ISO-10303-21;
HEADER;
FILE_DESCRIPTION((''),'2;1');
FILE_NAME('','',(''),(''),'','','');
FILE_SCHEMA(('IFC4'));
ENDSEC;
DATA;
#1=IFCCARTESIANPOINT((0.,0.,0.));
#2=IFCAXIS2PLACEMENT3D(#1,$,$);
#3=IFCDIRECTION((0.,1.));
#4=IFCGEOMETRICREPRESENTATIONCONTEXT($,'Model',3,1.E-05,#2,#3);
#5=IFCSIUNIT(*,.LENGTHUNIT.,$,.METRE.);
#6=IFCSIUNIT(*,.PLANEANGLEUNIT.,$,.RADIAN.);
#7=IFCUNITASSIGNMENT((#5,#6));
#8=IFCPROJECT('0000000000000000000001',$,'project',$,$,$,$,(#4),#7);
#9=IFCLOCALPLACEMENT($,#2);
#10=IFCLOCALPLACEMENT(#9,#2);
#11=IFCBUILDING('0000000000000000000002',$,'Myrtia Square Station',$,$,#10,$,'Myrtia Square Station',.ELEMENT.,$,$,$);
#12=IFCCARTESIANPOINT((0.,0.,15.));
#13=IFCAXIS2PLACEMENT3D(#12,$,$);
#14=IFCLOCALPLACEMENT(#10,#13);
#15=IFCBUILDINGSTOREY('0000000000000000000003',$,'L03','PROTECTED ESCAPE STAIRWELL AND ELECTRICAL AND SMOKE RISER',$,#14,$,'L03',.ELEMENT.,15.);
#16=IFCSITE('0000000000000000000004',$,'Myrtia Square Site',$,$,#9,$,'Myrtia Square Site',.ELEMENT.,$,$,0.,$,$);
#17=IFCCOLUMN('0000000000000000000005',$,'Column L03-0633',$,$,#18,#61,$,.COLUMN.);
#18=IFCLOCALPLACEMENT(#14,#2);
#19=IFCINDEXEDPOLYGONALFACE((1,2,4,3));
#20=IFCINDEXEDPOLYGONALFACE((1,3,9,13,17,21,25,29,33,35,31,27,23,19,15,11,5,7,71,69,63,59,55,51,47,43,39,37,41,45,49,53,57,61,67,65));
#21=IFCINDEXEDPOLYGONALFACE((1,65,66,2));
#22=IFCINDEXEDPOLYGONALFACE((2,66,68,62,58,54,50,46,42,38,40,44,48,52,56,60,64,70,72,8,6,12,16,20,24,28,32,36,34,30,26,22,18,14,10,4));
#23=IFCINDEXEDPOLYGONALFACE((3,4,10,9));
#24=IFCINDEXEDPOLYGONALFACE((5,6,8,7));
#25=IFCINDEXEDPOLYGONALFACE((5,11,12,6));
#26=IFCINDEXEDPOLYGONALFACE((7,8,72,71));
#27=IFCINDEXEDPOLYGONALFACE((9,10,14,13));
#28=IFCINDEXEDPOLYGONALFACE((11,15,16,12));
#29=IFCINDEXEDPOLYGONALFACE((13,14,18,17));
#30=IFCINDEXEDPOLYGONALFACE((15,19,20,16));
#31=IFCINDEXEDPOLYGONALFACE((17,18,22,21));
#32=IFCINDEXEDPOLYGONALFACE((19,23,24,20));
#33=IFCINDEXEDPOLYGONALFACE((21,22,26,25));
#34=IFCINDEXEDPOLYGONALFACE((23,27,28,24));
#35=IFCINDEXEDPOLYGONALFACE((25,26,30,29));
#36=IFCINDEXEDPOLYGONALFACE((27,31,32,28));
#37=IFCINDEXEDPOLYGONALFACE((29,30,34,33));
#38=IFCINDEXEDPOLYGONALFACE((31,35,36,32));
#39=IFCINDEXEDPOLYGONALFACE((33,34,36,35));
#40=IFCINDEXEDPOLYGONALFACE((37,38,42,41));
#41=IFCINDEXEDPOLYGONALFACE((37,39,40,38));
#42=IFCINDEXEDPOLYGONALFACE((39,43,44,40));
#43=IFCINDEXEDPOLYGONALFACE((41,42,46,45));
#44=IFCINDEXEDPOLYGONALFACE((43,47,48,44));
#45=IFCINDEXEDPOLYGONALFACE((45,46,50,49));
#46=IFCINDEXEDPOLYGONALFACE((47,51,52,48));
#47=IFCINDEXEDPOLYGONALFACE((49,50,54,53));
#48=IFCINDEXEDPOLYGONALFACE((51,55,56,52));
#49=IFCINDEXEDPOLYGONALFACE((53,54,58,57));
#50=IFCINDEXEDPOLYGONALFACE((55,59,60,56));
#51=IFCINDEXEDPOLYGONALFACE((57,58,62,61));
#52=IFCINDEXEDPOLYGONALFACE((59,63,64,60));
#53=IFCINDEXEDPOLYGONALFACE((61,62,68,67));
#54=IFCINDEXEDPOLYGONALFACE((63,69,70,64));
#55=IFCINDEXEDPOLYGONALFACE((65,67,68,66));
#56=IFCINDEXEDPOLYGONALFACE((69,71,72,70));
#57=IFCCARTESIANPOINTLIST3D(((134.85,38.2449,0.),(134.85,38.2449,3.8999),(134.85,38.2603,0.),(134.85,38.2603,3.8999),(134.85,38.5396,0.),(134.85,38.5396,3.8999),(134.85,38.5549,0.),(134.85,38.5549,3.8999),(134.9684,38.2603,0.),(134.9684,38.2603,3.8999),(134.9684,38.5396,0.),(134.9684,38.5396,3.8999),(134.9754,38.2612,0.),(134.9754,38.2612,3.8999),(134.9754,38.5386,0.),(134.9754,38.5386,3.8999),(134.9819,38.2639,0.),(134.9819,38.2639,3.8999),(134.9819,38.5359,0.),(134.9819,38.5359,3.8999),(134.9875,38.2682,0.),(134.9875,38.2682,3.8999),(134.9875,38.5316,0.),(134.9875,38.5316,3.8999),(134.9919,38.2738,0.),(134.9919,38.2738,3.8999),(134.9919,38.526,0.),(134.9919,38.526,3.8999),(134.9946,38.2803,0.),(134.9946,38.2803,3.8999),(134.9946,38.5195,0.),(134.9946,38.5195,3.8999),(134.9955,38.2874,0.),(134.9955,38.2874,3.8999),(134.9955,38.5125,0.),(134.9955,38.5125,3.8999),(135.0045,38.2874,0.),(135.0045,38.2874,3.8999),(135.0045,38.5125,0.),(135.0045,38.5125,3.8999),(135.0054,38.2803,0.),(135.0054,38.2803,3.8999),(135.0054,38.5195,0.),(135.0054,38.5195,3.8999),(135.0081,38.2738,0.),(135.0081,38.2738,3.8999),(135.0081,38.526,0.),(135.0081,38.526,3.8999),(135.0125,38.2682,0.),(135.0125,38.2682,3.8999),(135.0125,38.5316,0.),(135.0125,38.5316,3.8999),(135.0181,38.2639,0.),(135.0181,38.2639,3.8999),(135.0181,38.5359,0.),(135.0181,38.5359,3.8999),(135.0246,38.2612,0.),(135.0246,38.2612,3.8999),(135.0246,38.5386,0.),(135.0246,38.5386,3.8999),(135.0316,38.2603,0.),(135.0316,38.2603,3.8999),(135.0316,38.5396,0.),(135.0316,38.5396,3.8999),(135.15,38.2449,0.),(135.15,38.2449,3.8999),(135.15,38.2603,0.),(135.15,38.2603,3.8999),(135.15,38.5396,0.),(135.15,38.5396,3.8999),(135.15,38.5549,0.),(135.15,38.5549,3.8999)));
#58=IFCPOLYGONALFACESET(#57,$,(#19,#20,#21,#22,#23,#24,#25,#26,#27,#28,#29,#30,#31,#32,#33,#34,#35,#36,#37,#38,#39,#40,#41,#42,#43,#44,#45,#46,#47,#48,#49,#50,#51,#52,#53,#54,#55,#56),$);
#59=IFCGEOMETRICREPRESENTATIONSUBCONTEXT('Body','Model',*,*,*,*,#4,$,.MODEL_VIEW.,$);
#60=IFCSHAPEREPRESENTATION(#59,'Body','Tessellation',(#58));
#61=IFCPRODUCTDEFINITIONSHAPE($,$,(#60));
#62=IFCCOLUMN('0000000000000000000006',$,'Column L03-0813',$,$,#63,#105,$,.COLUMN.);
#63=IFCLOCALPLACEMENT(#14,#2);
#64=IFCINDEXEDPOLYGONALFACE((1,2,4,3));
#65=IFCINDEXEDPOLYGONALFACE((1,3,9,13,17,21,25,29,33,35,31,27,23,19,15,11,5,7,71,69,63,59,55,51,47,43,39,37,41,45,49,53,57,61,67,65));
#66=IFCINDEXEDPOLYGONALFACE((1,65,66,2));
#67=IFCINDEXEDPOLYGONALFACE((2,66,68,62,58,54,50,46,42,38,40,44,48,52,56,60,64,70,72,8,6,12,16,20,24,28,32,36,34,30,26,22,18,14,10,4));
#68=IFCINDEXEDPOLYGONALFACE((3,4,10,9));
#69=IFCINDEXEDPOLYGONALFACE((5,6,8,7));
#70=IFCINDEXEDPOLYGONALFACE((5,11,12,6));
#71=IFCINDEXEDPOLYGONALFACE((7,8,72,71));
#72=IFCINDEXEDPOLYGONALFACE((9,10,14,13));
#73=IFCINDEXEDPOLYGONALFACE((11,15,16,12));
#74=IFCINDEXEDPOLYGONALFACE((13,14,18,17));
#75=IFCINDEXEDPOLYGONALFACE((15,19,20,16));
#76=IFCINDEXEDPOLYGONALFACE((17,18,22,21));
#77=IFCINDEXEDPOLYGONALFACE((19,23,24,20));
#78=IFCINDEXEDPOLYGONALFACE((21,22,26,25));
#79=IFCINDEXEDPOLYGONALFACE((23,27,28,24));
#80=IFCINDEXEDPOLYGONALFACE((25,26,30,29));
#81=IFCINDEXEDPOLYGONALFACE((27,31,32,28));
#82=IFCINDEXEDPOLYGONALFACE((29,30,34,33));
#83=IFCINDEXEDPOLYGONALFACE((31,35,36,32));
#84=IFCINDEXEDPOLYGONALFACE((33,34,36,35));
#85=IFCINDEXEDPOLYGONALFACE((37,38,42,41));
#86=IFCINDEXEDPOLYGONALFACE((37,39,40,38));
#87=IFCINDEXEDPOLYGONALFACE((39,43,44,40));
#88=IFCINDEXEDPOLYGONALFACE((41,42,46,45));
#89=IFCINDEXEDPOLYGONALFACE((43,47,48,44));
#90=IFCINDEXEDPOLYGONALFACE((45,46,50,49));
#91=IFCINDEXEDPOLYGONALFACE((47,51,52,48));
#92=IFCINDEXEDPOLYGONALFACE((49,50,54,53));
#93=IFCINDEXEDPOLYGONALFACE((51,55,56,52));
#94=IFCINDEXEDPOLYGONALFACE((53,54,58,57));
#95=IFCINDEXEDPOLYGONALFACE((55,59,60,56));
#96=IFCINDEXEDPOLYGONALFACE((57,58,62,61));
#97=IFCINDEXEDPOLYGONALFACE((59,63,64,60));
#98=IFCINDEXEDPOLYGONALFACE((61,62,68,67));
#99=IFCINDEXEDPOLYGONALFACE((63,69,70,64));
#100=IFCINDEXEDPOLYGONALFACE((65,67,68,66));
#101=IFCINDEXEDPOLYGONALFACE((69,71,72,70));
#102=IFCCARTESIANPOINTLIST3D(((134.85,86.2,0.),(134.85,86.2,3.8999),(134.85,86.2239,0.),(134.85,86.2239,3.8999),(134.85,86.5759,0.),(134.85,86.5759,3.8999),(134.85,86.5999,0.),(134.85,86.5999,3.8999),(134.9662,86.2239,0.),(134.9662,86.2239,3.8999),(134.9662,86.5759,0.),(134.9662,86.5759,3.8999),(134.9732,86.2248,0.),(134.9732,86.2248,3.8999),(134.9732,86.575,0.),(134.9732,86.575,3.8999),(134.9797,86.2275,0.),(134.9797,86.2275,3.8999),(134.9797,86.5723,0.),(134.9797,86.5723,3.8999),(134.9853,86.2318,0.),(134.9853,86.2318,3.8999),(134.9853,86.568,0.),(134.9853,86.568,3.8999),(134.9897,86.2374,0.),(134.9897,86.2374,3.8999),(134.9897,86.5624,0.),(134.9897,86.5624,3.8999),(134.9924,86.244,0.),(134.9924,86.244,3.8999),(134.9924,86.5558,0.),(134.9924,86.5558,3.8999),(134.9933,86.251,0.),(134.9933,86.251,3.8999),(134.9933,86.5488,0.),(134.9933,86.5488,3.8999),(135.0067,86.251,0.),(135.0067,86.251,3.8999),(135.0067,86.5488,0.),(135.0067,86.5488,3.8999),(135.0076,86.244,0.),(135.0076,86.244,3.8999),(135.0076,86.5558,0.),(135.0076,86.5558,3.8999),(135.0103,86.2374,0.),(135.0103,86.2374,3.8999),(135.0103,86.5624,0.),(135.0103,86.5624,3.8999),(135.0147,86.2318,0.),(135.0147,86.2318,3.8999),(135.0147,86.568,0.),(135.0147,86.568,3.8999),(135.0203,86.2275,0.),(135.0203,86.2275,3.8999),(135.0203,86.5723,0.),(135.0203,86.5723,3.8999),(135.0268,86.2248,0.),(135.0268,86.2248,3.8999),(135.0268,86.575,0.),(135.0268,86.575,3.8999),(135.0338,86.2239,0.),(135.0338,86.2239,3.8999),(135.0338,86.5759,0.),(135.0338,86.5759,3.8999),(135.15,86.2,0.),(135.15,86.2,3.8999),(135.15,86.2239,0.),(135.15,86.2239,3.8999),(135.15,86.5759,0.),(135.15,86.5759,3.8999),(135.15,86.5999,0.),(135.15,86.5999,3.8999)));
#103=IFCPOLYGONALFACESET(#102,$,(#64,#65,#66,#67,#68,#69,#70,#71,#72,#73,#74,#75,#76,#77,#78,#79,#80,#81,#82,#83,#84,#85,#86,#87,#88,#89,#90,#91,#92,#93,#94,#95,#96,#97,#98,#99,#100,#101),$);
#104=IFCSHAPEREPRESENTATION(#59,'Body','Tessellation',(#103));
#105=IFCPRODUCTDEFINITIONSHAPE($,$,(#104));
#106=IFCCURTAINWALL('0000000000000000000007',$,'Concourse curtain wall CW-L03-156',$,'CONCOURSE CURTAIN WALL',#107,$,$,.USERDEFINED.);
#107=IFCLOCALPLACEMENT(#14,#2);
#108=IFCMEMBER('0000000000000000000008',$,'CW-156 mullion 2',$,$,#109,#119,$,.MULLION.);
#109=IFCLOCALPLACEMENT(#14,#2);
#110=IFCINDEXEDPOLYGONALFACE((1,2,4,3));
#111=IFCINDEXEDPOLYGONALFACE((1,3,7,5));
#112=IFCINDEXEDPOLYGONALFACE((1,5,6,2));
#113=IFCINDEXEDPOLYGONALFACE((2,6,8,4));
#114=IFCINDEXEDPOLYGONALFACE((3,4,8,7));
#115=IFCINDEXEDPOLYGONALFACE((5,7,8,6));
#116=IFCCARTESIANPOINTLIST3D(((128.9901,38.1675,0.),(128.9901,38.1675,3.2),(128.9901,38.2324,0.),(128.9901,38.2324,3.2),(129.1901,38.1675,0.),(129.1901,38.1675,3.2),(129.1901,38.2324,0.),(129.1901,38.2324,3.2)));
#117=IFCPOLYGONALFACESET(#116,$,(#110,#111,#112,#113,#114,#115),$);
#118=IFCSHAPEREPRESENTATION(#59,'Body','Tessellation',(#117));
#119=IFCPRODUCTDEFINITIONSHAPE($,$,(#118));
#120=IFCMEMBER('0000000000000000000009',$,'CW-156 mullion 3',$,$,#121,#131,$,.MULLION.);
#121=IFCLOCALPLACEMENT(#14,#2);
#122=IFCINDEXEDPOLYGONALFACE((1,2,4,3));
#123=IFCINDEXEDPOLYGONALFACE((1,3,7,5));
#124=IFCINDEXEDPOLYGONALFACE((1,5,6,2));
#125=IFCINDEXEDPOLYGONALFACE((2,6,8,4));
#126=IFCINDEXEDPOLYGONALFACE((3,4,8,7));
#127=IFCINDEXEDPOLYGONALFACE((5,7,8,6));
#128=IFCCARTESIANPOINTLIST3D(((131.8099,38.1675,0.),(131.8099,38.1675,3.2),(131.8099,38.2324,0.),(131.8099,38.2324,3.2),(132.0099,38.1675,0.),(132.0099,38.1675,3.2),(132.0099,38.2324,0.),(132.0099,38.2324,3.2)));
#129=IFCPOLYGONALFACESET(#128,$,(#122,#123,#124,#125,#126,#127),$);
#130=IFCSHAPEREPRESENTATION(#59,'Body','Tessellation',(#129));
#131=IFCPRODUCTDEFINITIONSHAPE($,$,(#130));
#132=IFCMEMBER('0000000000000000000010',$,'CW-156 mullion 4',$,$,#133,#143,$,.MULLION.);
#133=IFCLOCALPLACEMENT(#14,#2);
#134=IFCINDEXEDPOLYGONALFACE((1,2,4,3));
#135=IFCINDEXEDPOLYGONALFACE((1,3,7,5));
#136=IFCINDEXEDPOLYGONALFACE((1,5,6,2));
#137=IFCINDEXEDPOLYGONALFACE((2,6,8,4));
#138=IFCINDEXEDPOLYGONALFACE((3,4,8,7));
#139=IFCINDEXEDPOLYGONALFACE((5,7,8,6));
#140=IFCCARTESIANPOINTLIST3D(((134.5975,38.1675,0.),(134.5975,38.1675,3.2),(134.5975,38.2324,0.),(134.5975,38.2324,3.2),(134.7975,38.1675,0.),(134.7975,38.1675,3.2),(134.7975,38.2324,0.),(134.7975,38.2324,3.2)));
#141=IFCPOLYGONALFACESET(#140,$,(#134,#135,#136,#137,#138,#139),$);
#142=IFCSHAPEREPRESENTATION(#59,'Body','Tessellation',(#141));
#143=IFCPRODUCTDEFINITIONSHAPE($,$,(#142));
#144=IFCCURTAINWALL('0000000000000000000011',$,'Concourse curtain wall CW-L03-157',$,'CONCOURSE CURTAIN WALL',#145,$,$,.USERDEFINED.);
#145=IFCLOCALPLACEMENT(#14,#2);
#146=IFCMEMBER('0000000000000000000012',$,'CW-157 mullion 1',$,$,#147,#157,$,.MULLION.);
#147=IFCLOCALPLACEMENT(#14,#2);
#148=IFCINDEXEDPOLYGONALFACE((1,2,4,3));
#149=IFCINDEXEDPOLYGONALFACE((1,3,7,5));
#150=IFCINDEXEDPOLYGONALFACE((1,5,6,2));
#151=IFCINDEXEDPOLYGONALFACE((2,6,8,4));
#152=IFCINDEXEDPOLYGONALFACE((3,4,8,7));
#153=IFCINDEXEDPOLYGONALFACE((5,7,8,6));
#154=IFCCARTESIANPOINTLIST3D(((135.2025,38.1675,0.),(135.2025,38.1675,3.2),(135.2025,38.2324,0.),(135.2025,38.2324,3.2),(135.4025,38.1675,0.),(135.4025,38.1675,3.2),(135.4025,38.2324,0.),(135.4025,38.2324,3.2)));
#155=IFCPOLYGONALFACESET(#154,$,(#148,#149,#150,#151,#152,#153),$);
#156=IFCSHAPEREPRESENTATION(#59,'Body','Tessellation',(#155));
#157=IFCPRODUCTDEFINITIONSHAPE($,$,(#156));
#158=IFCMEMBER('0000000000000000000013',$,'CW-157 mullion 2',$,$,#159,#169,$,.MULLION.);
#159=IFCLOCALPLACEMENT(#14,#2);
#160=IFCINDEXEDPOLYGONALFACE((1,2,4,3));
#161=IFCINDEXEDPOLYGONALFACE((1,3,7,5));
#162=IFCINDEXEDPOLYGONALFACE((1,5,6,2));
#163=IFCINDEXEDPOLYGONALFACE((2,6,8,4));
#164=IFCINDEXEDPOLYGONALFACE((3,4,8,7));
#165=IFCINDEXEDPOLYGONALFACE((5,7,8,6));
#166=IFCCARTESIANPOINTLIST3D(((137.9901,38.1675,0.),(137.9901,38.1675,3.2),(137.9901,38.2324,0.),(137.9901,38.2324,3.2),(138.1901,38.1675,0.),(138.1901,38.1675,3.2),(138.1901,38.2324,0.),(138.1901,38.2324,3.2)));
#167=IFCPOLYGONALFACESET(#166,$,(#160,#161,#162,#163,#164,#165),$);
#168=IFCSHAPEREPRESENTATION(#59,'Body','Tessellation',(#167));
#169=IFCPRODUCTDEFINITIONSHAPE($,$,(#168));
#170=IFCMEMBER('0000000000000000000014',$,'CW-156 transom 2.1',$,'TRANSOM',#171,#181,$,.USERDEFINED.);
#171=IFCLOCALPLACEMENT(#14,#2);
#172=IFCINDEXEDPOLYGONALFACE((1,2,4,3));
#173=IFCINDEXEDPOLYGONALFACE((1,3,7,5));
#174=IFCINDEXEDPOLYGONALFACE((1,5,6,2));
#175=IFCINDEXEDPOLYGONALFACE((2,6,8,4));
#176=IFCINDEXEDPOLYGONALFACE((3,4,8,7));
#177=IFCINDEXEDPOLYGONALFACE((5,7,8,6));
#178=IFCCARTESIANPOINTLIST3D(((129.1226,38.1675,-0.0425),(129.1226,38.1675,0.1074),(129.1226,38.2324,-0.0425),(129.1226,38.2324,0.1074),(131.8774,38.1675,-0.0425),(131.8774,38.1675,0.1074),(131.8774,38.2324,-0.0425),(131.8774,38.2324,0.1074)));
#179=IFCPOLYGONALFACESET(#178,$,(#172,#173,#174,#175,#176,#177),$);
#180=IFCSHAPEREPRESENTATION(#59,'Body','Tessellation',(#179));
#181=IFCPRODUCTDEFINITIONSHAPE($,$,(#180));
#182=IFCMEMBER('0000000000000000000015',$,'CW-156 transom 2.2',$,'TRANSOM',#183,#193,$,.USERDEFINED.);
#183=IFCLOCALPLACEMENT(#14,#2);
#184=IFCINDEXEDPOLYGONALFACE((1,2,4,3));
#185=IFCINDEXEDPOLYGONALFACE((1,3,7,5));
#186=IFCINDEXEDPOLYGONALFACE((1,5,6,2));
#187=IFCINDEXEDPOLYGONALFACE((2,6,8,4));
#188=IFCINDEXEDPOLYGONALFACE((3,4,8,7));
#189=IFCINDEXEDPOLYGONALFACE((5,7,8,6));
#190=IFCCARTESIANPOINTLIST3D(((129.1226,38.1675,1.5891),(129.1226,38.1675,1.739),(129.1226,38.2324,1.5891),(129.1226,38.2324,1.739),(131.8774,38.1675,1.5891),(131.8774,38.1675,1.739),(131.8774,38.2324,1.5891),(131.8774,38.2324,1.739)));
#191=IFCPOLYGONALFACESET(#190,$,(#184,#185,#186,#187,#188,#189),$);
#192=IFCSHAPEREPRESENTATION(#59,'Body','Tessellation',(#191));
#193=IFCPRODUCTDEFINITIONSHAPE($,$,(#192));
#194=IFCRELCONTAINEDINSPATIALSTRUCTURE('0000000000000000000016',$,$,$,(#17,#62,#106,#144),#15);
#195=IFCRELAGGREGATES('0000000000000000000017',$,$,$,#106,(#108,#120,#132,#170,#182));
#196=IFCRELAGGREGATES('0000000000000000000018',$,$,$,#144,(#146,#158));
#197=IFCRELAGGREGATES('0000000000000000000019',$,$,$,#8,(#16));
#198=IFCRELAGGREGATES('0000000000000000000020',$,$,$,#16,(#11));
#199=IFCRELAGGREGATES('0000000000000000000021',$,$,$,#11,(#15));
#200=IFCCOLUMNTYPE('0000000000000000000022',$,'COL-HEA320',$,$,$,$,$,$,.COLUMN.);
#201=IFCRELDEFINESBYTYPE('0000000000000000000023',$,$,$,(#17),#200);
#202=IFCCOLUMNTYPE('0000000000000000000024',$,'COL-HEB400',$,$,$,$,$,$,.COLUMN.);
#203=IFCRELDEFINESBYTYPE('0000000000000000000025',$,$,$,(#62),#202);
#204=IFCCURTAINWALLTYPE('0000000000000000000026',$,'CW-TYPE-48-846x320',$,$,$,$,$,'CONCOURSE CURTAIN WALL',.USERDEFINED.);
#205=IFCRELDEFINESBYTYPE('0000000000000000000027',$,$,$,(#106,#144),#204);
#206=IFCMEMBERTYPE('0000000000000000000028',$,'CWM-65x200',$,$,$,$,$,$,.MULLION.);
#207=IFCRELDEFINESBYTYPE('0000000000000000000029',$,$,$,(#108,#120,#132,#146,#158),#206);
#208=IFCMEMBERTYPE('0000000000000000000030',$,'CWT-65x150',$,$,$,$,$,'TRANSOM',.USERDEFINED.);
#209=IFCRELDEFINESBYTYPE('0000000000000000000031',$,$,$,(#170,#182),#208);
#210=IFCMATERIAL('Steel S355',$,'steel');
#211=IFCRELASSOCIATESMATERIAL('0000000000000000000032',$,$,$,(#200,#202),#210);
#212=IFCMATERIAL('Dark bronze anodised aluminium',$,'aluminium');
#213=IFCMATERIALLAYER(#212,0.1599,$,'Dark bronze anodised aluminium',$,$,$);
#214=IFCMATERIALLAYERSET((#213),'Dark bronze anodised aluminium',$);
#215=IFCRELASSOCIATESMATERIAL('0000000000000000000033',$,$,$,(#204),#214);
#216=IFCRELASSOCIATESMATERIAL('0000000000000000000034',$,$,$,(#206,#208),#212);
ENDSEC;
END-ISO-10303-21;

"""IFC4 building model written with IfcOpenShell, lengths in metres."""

from ifc_helpers import new_model, si_unit, direction, frame, origin, origin_2d, place, context, subcontext, project, spatial, rectangle, i_section, extrude, material, layer, layer_set, material_profile, profile_set, type_object, element, aggregate, save


model = new_model("IFC4")

# Units and contexts
model_context = context("Model", 3, precision=1e-05, world=origin(), true_north=direction((0.0, 1.0)))
body_context = subcontext(model_context, "Body", "Model", "MODEL_VIEW")
ifc_project = project(units=[si_unit("LENGTHUNIT", "METRE"), si_unit("PLANEANGLEUNIT", "RADIAN")], contexts=[model_context])

# Site, building, storey
site_placement = place(None, origin())
site = spatial("IfcSite", under=ifc_project, at=site_placement, Name="Myrtia Square Site", LongName="Myrtia Square Site", CompositionType="ELEMENT", RefElevation=0.0)
building_placement = place(site_placement, origin())
building = spatial("IfcBuilding", under=site, at=building_placement, Name="Myrtia Square Station", LongName="Myrtia Square Station", CompositionType="ELEMENT")
storey_placement = place(building_placement, frame((0.0, 0.0, 15.0)))
storey = spatial("IfcBuildingStorey", under=building, at=storey_placement, Name="L03", Description="PROTECTED ESCAPE STAIRWELL AND ELECTRICAL AND SMOKE RISER", LongName="L03", CompositionType="ELEMENT", Elevation=15.0)

# Columns
ifc_material_1 = material(Name="Steel S355", Category="steel")
ifc_material_profile_1 = material_profile(ifc_material_1, i_section(OverallWidth=0.3, OverallDepth=0.3101, WebThickness=0.009, FlangeThickness=0.0154, FilletRadius=0.0271, at=origin_2d()), Name="HEA 320")
ifc_profile_set_1 = profile_set([ifc_material_profile_1], Name="Steel S355")
column_type_1 = type_object("IfcColumnType", Name="COL-HEA320", PredefinedType="COLUMN", material=ifc_profile_set_1)
column_1_placement = place(storey_placement, frame((135.0, 38.3999, 0.0), z_axis=(0.0, 0.0, 1.0), x_axis=(1.0, 0.0, 0.0)))
element("IfcColumn", 1, at=column_1_placement, inside=storey, type_object=column_type_1, Name="Column L03-0633", PredefinedType="COLUMN", context=body_context, shape_type="SweptSolid", body=[
    extrude(i_section(OverallWidth=0.3, OverallDepth=0.3101, WebThickness=0.009, FlangeThickness=0.0154, FilletRadius=0.0271, at=origin_2d()), origin(), (0.0, 0.0, 1.0), 3.8999),
])
ifc_material_profile_2 = material_profile(ifc_material_1, i_section(OverallWidth=0.3, OverallDepth=0.3999, WebThickness=0.0134, FlangeThickness=0.0239, FilletRadius=0.0271, at=origin_2d()), Name="HEB 400")
ifc_profile_set_2 = profile_set([ifc_material_profile_2], Name="Steel S355")
column_type_2 = type_object("IfcColumnType", Name="COL-HEB400", PredefinedType="COLUMN", material=ifc_profile_set_2)
column_2_placement = place(storey_placement, frame((135.0, 86.3999, 0.0), z_axis=(0.0, 0.0, 1.0), x_axis=(1.0, 0.0, 0.0)))
element("IfcColumn", 2, at=column_2_placement, inside=storey, type_object=column_type_2, Name="Column L03-0813", PredefinedType="COLUMN", context=body_context, shape_type="SweptSolid", body=[
    extrude(i_section(OverallWidth=0.3, OverallDepth=0.3999, WebThickness=0.0134, FlangeThickness=0.0239, FilletRadius=0.0271, at=origin_2d()), origin(), (0.0, 0.0, 1.0), 3.8999),
])

# Curtain walls, members
ifc_material_2 = material(Name="Dark bronze anodised aluminium", Category="aluminium")
ifc_layer_1 = layer(ifc_material_2, 0.1599, Name="Dark bronze anodised aluminium")
ifc_layer_set_1 = layer_set([ifc_layer_1], Name="Dark bronze anodised aluminium")
curtain_wall_type = type_object("IfcCurtainWallType", Name="CW-TYPE-48-846x320", ElementType="CONCOURSE CURTAIN WALL", PredefinedType="USERDEFINED", material=ifc_layer_set_1)
curtain_wall_1_placement = place(storey_placement, origin())
curtain_wall_1 = element("IfcCurtainWall", 3, at=curtain_wall_1_placement, inside=storey, type_object=curtain_wall_type, Name="Concourse curtain wall CW-L03-156", ObjectType="CONCOURSE CURTAIN WALL", PredefinedType="USERDEFINED")
ifc_material_profile_3 = material_profile(ifc_material_2, rectangle(XDim=0.0649, YDim=0.2, at=origin_2d()), Name="ALU-M 65x200")
ifc_profile_set_3 = profile_set([ifc_material_profile_3], Name="Dark bronze anodised aluminium")
member_type_1 = type_object("IfcMemberType", Name="CWM-65x200", PredefinedType="MULLION", material=ifc_profile_set_3)
member_1_placement = place(storey_placement, frame((129.0901, 38.2, 0.0), z_axis=(0.0, 0.0, 1.0), x_axis=(0.0, 1.0, 0.0)))
member_1 = element("IfcMember", 4, at=member_1_placement, type_object=member_type_1, Name="CW-156 mullion 2", PredefinedType="MULLION", context=body_context, shape_type="SweptSolid", body=[
    extrude(rectangle(XDim=0.0649, YDim=0.2, at=origin_2d()), origin(), (0.0, 0.0, 1.0), 3.2),
])
member_2_placement = place(storey_placement, frame((131.9099, 38.2, 0.0), z_axis=(0.0, 0.0, 1.0), x_axis=(0.0, 1.0, 0.0)))
member_2 = element("IfcMember", 5, at=member_2_placement, type_object=member_type_1, Name="CW-156 mullion 3", PredefinedType="MULLION", context=body_context, shape_type="SweptSolid", body=[
    extrude(rectangle(XDim=0.0649, YDim=0.2, at=origin_2d()), origin(), (0.0, 0.0, 1.0), 3.2),
])
member_3_placement = place(storey_placement, frame((134.6975, 38.2, 0.0), z_axis=(0.0, 0.0, 1.0), x_axis=(0.0, 1.0, 0.0)))
member_3 = element("IfcMember", 6, at=member_3_placement, type_object=member_type_1, Name="CW-156 mullion 4", PredefinedType="MULLION", context=body_context, shape_type="SweptSolid", body=[
    extrude(rectangle(XDim=0.0649, YDim=0.2, at=origin_2d()), origin(), (0.0, 0.0, 1.0), 3.2),
])
curtain_wall_2_placement = place(storey_placement, origin())
curtain_wall_2 = element("IfcCurtainWall", 7, at=curtain_wall_2_placement, inside=storey, type_object=curtain_wall_type, Name="Concourse curtain wall CW-L03-157", ObjectType="CONCOURSE CURTAIN WALL", PredefinedType="USERDEFINED")
member_4_placement = place(storey_placement, frame((135.3025, 38.2, 0.0), z_axis=(0.0, 0.0, 1.0), x_axis=(0.0, 1.0, 0.0)))
member_4 = element("IfcMember", 8, at=member_4_placement, type_object=member_type_1, Name="CW-157 mullion 1", PredefinedType="MULLION", context=body_context, shape_type="SweptSolid", body=[
    extrude(rectangle(XDim=0.0649, YDim=0.2, at=origin_2d()), origin(), (0.0, 0.0, 1.0), 3.2),
])
member_5_placement = place(storey_placement, frame((138.0901, 38.2, 0.0), z_axis=(0.0, 0.0, 1.0), x_axis=(0.0, 1.0, 0.0)))
member_5 = element("IfcMember", 9, at=member_5_placement, type_object=member_type_1, Name="CW-157 mullion 2", PredefinedType="MULLION", context=body_context, shape_type="SweptSolid", body=[
    extrude(rectangle(XDim=0.0649, YDim=0.2, at=origin_2d()), origin(), (0.0, 0.0, 1.0), 3.2),
])

# Members
ifc_material_profile_4 = material_profile(ifc_material_2, rectangle(XDim=0.0649, YDim=0.1499, at=origin_2d()), Name="ALU-T 65x150")
ifc_profile_set_4 = profile_set([ifc_material_profile_4], Name="Dark bronze anodised aluminium")
member_type_2 = type_object("IfcMemberType", Name="CWT-65x150", ElementType="TRANSOM", PredefinedType="USERDEFINED", material=ifc_profile_set_4)
member_6_placement = place(storey_placement, frame((129.1226, 38.2, 0.0325), z_axis=(1.0, 0.0, 0.0), x_axis=(0.0, 1.0, 0.0)))
member_6 = element("IfcMember", 10, at=member_6_placement, type_object=member_type_2, Name="CW-156 transom 2.1", ObjectType="TRANSOM", PredefinedType="USERDEFINED", context=body_context, shape_type="SweptSolid", body=[
    extrude(rectangle(XDim=0.0649, YDim=0.1499, at=origin_2d()), origin(), (0.0, 0.0, 1.0), 2.7549),
])
member_7_placement = place(storey_placement, frame((129.1226, 38.2, 1.6641), z_axis=(1.0, 0.0, 0.0), x_axis=(0.0, 1.0, 0.0)))
member_7 = element("IfcMember", 11, at=member_7_placement, type_object=member_type_2, Name="CW-156 transom 2.2", ObjectType="TRANSOM", PredefinedType="USERDEFINED", context=body_context, shape_type="SweptSolid", body=[
    extrude(rectangle(XDim=0.0649, YDim=0.1499, at=origin_2d()), origin(), (0.0, 0.0, 1.0), 2.7549),
])

aggregate(curtain_wall_1, [member_1, member_2, member_3, member_6, member_7])
aggregate(curtain_wall_2, [member_4, member_5])

save(model, "model.ifc")
